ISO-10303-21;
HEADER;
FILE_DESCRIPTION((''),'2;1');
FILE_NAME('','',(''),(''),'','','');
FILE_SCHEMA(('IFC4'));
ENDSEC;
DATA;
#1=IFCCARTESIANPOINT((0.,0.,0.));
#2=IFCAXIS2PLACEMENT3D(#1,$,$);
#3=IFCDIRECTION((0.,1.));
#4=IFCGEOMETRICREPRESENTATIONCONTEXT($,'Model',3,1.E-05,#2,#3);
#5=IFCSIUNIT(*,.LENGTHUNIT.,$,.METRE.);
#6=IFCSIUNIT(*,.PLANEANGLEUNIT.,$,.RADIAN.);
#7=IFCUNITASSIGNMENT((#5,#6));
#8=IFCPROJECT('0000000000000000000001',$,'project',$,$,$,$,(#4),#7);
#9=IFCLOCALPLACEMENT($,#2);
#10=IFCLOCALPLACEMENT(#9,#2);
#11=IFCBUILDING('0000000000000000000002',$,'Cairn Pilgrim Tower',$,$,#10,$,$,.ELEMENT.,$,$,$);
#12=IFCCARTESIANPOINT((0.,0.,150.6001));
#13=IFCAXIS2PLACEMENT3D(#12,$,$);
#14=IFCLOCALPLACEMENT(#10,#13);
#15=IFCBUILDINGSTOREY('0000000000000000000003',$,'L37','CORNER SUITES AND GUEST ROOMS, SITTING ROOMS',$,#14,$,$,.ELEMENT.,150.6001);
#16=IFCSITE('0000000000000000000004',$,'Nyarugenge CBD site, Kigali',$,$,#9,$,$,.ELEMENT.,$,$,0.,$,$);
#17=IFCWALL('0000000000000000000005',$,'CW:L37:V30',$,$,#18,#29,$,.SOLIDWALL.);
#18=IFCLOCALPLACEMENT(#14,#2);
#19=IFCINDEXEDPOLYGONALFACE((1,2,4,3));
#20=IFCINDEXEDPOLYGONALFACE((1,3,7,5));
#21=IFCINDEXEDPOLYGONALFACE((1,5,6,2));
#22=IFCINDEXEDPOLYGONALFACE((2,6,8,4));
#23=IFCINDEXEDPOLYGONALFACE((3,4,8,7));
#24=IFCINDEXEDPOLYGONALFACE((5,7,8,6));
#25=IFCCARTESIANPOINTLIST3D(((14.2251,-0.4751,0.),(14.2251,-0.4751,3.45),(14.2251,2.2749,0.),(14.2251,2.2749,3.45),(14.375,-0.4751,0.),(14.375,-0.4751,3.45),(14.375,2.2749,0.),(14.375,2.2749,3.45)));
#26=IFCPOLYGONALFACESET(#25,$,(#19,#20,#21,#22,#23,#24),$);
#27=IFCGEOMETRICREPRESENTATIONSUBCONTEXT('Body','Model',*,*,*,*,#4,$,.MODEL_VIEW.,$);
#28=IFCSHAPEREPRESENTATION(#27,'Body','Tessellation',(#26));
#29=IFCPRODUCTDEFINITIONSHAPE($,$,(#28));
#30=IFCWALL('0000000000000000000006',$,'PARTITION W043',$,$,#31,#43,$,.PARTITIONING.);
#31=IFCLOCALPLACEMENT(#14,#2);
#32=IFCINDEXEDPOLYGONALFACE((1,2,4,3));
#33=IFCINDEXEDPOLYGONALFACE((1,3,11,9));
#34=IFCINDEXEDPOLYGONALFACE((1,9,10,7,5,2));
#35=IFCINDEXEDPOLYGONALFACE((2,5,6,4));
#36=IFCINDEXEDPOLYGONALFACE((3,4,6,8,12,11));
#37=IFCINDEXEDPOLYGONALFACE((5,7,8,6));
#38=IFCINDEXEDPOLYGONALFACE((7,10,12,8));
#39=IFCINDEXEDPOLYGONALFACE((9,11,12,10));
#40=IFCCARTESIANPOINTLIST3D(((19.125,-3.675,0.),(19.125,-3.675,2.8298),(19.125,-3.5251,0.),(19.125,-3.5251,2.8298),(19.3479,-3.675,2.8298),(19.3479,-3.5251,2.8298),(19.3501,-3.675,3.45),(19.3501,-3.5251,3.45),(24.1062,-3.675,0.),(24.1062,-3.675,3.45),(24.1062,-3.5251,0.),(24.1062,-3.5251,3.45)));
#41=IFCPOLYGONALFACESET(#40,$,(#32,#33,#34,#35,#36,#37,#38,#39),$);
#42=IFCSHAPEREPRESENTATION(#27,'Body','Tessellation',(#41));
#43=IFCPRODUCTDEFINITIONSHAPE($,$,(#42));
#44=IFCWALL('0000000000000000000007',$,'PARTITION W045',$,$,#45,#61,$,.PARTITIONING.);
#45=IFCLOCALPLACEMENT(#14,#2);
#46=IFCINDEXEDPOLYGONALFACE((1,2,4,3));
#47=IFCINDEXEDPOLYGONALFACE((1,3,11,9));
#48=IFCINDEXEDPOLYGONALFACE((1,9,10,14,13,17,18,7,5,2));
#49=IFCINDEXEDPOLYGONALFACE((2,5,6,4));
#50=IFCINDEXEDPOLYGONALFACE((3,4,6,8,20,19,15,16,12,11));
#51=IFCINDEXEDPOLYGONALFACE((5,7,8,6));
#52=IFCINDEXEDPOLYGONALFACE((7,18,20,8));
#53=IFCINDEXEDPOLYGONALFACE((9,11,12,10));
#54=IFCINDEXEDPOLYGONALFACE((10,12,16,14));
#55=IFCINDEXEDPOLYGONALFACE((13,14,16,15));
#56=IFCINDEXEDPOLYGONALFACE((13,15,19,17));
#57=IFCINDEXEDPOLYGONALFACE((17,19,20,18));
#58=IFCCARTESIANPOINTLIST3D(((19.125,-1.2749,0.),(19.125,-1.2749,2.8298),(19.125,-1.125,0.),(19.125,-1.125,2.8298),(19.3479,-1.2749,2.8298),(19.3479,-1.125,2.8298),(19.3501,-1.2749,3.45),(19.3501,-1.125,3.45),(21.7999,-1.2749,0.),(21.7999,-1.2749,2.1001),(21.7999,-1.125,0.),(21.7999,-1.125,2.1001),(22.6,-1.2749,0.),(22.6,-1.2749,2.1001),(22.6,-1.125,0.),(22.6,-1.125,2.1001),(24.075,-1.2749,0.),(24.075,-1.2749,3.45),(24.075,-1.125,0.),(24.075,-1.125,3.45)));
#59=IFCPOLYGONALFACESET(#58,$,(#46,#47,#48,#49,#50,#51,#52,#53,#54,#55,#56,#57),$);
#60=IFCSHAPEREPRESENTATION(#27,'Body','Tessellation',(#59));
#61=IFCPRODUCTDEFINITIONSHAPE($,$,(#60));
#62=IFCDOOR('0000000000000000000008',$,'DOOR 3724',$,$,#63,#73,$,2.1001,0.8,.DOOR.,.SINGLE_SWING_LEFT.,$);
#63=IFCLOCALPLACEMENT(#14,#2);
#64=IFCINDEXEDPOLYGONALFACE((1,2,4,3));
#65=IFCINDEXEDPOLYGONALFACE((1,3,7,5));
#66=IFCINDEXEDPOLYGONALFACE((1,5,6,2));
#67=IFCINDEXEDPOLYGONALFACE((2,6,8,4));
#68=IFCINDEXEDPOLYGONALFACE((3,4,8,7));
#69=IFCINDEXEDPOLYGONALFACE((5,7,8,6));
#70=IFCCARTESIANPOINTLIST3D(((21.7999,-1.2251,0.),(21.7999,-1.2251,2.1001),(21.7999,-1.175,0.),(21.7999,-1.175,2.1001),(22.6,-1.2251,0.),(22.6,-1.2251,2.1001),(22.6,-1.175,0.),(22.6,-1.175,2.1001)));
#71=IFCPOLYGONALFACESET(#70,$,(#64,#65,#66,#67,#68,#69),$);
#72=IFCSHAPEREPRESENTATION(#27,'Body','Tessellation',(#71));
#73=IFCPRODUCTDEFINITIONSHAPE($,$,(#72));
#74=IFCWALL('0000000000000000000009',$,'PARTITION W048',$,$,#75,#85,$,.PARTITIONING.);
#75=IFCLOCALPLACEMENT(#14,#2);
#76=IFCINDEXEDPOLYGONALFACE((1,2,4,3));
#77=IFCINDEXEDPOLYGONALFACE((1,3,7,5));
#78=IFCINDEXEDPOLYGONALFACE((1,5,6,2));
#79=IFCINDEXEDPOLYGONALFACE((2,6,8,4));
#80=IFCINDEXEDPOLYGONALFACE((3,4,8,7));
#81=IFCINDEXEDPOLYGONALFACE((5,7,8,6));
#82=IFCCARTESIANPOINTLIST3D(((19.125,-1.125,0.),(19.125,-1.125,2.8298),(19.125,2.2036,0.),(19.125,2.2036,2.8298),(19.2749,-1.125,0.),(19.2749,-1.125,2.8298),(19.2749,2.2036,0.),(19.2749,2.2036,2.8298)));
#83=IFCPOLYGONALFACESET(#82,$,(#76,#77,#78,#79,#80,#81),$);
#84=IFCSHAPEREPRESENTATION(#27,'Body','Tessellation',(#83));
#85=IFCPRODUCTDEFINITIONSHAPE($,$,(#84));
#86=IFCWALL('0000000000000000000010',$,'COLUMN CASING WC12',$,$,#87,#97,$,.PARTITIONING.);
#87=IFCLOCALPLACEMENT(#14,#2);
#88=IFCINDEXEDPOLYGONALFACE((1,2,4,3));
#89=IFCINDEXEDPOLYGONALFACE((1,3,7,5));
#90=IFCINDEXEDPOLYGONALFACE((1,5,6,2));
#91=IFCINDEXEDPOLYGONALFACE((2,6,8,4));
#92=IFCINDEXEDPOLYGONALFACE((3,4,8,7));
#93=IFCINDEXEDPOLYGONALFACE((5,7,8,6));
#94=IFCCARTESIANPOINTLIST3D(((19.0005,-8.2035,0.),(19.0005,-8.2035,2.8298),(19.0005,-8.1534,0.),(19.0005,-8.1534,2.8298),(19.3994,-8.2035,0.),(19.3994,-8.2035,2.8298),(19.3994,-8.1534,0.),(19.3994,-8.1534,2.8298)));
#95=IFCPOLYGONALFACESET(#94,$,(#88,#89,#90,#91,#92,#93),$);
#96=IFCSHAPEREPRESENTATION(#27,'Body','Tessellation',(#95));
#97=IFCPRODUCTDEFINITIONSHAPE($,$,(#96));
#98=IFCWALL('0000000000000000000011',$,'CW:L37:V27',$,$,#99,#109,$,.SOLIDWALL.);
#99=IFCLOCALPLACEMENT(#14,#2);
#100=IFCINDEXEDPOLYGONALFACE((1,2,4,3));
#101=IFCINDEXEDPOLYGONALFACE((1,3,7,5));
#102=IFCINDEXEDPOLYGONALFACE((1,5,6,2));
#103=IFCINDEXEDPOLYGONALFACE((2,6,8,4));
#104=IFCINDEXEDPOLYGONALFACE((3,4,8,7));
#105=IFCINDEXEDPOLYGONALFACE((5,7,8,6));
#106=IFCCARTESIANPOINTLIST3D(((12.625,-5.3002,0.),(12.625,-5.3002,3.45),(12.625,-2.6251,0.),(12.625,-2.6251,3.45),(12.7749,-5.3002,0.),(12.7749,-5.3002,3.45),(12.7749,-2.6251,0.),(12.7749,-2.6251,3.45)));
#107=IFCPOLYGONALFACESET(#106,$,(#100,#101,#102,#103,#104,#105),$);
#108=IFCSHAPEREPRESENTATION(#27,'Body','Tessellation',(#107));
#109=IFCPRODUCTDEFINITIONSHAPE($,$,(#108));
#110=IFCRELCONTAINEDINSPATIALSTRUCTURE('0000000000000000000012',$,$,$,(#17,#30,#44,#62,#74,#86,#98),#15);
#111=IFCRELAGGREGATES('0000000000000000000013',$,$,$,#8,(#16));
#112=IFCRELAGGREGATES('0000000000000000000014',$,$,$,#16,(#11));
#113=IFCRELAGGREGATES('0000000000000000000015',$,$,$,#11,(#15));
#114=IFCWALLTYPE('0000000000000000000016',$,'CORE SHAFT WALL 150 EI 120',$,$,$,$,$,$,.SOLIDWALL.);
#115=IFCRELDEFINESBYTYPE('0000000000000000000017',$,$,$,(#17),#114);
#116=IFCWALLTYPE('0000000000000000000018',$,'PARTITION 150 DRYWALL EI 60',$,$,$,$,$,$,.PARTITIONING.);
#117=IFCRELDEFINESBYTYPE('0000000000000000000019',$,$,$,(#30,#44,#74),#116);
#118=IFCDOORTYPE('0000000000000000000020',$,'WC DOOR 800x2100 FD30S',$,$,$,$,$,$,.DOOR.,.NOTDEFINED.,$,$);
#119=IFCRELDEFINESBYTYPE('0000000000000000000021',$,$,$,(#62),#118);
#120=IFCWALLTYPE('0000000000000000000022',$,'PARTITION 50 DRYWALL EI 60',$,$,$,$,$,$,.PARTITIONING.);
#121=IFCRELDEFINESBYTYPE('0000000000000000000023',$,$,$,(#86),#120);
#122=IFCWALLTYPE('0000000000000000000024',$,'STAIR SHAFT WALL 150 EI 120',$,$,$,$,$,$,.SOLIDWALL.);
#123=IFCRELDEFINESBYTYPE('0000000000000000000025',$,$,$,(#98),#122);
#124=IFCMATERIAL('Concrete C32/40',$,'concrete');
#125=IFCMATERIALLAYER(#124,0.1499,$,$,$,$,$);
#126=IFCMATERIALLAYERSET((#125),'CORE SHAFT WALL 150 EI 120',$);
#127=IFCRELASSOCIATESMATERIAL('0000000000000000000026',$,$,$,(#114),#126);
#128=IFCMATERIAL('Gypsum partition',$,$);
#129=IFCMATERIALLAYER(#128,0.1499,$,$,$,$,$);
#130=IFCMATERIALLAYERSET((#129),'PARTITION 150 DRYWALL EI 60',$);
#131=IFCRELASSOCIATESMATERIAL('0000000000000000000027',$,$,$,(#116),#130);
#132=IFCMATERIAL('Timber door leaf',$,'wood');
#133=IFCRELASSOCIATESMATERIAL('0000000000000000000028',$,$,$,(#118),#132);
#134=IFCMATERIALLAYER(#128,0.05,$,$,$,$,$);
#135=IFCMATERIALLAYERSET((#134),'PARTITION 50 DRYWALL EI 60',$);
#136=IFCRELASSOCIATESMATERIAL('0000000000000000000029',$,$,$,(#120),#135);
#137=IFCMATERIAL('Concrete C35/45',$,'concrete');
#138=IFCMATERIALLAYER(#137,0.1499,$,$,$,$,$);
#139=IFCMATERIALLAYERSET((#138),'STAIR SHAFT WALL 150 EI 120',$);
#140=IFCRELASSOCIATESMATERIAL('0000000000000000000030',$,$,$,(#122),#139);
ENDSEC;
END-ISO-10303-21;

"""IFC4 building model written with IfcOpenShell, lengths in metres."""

from ifc_helpers import new_model, si_unit, direction, frame, frame_2d, origin, place, context, subcontext, project, spatial, polyline, rectangle, outline, extrude, material, layer, layer_set, type_object, element, fill, save


model = new_model("IFC4")

# Units and contexts
model_context = context("Model", 3, precision=1e-05, world=origin(), true_north=direction((0.0, 1.0)))
body_context = subcontext(model_context, "Body", "Model", "MODEL_VIEW")
ifc_project = project(units=[si_unit("LENGTHUNIT", "METRE"), si_unit("PLANEANGLEUNIT", "RADIAN")], contexts=[model_context])

# Site, building, storey
site_placement = place(None, origin())
site = spatial("IfcSite", under=ifc_project, at=site_placement, Name="Nyarugenge CBD site, Kigali", CompositionType="ELEMENT", RefElevation=0.0)
building_placement = place(site_placement, origin())
building = spatial("IfcBuilding", under=site, at=building_placement, Name="Cairn Pilgrim Tower", CompositionType="ELEMENT")
storey_placement = place(building_placement, frame((0.0, 0.0, 150.6001)))
storey = spatial("IfcBuildingStorey", under=building, at=storey_placement, Name="L37", Description="CORNER SUITES AND GUEST ROOMS, SITTING ROOMS", CompositionType="ELEMENT", Elevation=150.6001)

# Shared definitions
ifc_material_1 = material(Name="Concrete C32/40", Category="concrete")

# Walls
ifc_layer_1 = layer(ifc_material_1, 0.1499)
ifc_layer_set_1 = layer_set([ifc_layer_1], Name="CORE SHAFT WALL 150 EI 120")
wall_type_1 = type_object("IfcWallType", Name="CORE SHAFT WALL 150 EI 120", PredefinedType="SOLIDWALL", material=ifc_layer_set_1)
wall_1_placement = place(storey_placement, frame((14.3, -0.4751, 0.0), z_axis=(0.0, 0.0, 1.0), x_axis=(0.0, 1.0, 0.0)))
element("IfcWall", 1, at=wall_1_placement, inside=storey, type_object=wall_type_1, Name="CW:L37:V30", PredefinedType="SOLIDWALL", context=body_context, shape_type="SweptSolid", body=[
    extrude(rectangle(XDim=2.75, YDim=0.1499, at=frame_2d((1.375, 0.0))), origin(), (0.0, 0.0, 1.0), 3.45),
])
ifc_material_2 = material(Name="Gypsum partition")
ifc_layer_2 = layer(ifc_material_2, 0.1499)
ifc_layer_set_2 = layer_set([ifc_layer_2], Name="PARTITION 150 DRYWALL EI 60")
wall_type_2 = type_object("IfcWallType", Name="PARTITION 150 DRYWALL EI 60", PredefinedType="PARTITIONING", material=ifc_layer_set_2)
wall_2_placement = place(storey_placement, frame((19.125, -3.6001, 0.0), z_axis=(0.0, 0.0, 1.0), x_axis=(1.0, 0.0, 0.0)))
element("IfcWall", 2, at=wall_2_placement, inside=storey, type_object=wall_type_2, Name="PARTITION W043", PredefinedType="PARTITIONING", context=body_context, shape_type="SweptSolid", body=[
    extrude(outline(polyline([(0.0, 0.0), (4.9812, 0.0), (4.9812, 3.45), (0.2251, 3.45), (0.2229, 2.8298), (0.0, 2.8298), (0.0, 0.0)])), frame((0.0, 0.075, 0.0), z_axis=(0.0, -1.0, 0.0), x_axis=(1.0, 0.0, 0.0)), (0.0, 0.0, 1.0), 0.1499),
])

# Wall, opening, door
wall_3_placement = place(storey_placement, frame((19.125, -1.2, 0.0), z_axis=(0.0, 0.0, 1.0), x_axis=(1.0, 0.0, 0.0)))
wall_3 = element("IfcWall", 3, at=wall_3_placement, inside=storey, type_object=wall_type_2, Name="PARTITION W045", PredefinedType="PARTITIONING", context=body_context, shape_type="SweptSolid", body=[
    extrude(outline(polyline([(0.0, 0.0), (4.95, 0.0), (4.95, 3.45), (0.2251, 3.45), (0.2229, 2.8298), (0.0, 2.8298), (0.0, 0.0)])), frame((0.0, 0.075, 0.0), z_axis=(0.0, -1.0, 0.0), x_axis=(1.0, 0.0, 0.0)), (0.0, 0.0, 1.0), 0.1499),
])
opening_1_placement = place(wall_3_placement, frame((2.675, 0.0, 0.0)))
opening_1 = element("IfcOpeningElement", 4, at=opening_1_placement, cuts=wall_3, PredefinedType="OPENING", context=body_context, shape_type="SweptSolid", body=[
    extrude(rectangle(XDim=0.8, YDim=2.1001, at=frame_2d((0.3999, 1.05))), frame((0.0, 0.085, 0.0), z_axis=(0.0, -1.0, 0.0), x_axis=(1.0, 0.0, 0.0)), (0.0, 0.0, 1.0), 0.1699),
])
ifc_material_3 = material(Name="Timber door leaf", Category="wood")
door_type_1 = type_object("IfcDoorType", Name="WC DOOR 800x2100 FD30S", OperationType="NOTDEFINED", PredefinedType="DOOR", material=ifc_material_3)
door_1_placement = place(opening_1_placement, origin())
door_1 = element("IfcDoor", 5, at=door_1_placement, inside=storey, type_object=door_type_1, Name="DOOR 3724", OperationType="SINGLE_SWING_LEFT", OverallHeight=2.1001, OverallWidth=0.8, PredefinedType="DOOR", context=body_context, shape_type="SweptSolid", body=[
    extrude(rectangle(XDim=0.8, YDim=2.1001, at=frame_2d((0.3999, 1.05))), frame((0.0, 0.0249, 0.0), z_axis=(0.0, -1.0, 0.0), x_axis=(1.0, 0.0, 0.0)), (0.0, 0.0, 1.0), 0.05),
])
fill(opening_1, door_1)

# Walls
wall_4_placement = place(storey_placement, frame((19.2, -1.125, 0.0), z_axis=(0.0, 0.0, 1.0), x_axis=(0.0, 1.0, 0.0)))
element("IfcWall", 6, at=wall_4_placement, inside=storey, type_object=wall_type_2, Name="PARTITION W048", PredefinedType="PARTITIONING", context=body_context, shape_type="SweptSolid", body=[
    extrude(rectangle(XDim=3.3286, YDim=0.1499, at=frame_2d((1.6643, 0.0))), origin(), (0.0, 0.0, 1.0), 2.8298),
])
ifc_layer_3 = layer(ifc_material_2, 0.05)
ifc_layer_set_3 = layer_set([ifc_layer_3], Name="PARTITION 50 DRYWALL EI 60")
wall_type_3 = type_object("IfcWallType", Name="PARTITION 50 DRYWALL EI 60", PredefinedType="PARTITIONING", material=ifc_layer_set_3)
wall_5_placement = place(storey_placement, frame((19.0005, -8.1785, 0.0), z_axis=(0.0, 0.0, 1.0), x_axis=(1.0, 0.0, 0.0)))
element("IfcWall", 7, at=wall_5_placement, inside=storey, type_object=wall_type_3, Name="COLUMN CASING WC12", PredefinedType="PARTITIONING", context=body_context, shape_type="SweptSolid", body=[
    extrude(rectangle(XDim=0.3989, YDim=0.05, at=frame_2d((0.1995, 0.0))), origin(), (0.0, 0.0, 1.0), 2.8298),
])
ifc_material_4 = material(Name="Concrete C35/45", Category="concrete")
ifc_layer_4 = layer(ifc_material_4, 0.1499)
ifc_layer_set_4 = layer_set([ifc_layer_4], Name="STAIR SHAFT WALL 150 EI 120")
wall_type_4 = type_object("IfcWallType", Name="STAIR SHAFT WALL 150 EI 120", PredefinedType="SOLIDWALL", material=ifc_layer_set_4)
wall_6_placement = place(storey_placement, frame((12.7, -5.3, 0.0), z_axis=(0.0, 0.0, 1.0), x_axis=(0.0, 1.0, 0.0)))
element("IfcWall", 8, at=wall_6_placement, inside=storey, type_object=wall_type_4, Name="CW:L37:V27", PredefinedType="SOLIDWALL", context=body_context, shape_type="SweptSolid", body=[
    extrude(rectangle(XDim=2.675, YDim=0.1499, at=frame_2d((1.3374, 0.0))), origin(), (0.0, 0.0, 1.0), 3.45),
])

save(model, "model.ifc")
